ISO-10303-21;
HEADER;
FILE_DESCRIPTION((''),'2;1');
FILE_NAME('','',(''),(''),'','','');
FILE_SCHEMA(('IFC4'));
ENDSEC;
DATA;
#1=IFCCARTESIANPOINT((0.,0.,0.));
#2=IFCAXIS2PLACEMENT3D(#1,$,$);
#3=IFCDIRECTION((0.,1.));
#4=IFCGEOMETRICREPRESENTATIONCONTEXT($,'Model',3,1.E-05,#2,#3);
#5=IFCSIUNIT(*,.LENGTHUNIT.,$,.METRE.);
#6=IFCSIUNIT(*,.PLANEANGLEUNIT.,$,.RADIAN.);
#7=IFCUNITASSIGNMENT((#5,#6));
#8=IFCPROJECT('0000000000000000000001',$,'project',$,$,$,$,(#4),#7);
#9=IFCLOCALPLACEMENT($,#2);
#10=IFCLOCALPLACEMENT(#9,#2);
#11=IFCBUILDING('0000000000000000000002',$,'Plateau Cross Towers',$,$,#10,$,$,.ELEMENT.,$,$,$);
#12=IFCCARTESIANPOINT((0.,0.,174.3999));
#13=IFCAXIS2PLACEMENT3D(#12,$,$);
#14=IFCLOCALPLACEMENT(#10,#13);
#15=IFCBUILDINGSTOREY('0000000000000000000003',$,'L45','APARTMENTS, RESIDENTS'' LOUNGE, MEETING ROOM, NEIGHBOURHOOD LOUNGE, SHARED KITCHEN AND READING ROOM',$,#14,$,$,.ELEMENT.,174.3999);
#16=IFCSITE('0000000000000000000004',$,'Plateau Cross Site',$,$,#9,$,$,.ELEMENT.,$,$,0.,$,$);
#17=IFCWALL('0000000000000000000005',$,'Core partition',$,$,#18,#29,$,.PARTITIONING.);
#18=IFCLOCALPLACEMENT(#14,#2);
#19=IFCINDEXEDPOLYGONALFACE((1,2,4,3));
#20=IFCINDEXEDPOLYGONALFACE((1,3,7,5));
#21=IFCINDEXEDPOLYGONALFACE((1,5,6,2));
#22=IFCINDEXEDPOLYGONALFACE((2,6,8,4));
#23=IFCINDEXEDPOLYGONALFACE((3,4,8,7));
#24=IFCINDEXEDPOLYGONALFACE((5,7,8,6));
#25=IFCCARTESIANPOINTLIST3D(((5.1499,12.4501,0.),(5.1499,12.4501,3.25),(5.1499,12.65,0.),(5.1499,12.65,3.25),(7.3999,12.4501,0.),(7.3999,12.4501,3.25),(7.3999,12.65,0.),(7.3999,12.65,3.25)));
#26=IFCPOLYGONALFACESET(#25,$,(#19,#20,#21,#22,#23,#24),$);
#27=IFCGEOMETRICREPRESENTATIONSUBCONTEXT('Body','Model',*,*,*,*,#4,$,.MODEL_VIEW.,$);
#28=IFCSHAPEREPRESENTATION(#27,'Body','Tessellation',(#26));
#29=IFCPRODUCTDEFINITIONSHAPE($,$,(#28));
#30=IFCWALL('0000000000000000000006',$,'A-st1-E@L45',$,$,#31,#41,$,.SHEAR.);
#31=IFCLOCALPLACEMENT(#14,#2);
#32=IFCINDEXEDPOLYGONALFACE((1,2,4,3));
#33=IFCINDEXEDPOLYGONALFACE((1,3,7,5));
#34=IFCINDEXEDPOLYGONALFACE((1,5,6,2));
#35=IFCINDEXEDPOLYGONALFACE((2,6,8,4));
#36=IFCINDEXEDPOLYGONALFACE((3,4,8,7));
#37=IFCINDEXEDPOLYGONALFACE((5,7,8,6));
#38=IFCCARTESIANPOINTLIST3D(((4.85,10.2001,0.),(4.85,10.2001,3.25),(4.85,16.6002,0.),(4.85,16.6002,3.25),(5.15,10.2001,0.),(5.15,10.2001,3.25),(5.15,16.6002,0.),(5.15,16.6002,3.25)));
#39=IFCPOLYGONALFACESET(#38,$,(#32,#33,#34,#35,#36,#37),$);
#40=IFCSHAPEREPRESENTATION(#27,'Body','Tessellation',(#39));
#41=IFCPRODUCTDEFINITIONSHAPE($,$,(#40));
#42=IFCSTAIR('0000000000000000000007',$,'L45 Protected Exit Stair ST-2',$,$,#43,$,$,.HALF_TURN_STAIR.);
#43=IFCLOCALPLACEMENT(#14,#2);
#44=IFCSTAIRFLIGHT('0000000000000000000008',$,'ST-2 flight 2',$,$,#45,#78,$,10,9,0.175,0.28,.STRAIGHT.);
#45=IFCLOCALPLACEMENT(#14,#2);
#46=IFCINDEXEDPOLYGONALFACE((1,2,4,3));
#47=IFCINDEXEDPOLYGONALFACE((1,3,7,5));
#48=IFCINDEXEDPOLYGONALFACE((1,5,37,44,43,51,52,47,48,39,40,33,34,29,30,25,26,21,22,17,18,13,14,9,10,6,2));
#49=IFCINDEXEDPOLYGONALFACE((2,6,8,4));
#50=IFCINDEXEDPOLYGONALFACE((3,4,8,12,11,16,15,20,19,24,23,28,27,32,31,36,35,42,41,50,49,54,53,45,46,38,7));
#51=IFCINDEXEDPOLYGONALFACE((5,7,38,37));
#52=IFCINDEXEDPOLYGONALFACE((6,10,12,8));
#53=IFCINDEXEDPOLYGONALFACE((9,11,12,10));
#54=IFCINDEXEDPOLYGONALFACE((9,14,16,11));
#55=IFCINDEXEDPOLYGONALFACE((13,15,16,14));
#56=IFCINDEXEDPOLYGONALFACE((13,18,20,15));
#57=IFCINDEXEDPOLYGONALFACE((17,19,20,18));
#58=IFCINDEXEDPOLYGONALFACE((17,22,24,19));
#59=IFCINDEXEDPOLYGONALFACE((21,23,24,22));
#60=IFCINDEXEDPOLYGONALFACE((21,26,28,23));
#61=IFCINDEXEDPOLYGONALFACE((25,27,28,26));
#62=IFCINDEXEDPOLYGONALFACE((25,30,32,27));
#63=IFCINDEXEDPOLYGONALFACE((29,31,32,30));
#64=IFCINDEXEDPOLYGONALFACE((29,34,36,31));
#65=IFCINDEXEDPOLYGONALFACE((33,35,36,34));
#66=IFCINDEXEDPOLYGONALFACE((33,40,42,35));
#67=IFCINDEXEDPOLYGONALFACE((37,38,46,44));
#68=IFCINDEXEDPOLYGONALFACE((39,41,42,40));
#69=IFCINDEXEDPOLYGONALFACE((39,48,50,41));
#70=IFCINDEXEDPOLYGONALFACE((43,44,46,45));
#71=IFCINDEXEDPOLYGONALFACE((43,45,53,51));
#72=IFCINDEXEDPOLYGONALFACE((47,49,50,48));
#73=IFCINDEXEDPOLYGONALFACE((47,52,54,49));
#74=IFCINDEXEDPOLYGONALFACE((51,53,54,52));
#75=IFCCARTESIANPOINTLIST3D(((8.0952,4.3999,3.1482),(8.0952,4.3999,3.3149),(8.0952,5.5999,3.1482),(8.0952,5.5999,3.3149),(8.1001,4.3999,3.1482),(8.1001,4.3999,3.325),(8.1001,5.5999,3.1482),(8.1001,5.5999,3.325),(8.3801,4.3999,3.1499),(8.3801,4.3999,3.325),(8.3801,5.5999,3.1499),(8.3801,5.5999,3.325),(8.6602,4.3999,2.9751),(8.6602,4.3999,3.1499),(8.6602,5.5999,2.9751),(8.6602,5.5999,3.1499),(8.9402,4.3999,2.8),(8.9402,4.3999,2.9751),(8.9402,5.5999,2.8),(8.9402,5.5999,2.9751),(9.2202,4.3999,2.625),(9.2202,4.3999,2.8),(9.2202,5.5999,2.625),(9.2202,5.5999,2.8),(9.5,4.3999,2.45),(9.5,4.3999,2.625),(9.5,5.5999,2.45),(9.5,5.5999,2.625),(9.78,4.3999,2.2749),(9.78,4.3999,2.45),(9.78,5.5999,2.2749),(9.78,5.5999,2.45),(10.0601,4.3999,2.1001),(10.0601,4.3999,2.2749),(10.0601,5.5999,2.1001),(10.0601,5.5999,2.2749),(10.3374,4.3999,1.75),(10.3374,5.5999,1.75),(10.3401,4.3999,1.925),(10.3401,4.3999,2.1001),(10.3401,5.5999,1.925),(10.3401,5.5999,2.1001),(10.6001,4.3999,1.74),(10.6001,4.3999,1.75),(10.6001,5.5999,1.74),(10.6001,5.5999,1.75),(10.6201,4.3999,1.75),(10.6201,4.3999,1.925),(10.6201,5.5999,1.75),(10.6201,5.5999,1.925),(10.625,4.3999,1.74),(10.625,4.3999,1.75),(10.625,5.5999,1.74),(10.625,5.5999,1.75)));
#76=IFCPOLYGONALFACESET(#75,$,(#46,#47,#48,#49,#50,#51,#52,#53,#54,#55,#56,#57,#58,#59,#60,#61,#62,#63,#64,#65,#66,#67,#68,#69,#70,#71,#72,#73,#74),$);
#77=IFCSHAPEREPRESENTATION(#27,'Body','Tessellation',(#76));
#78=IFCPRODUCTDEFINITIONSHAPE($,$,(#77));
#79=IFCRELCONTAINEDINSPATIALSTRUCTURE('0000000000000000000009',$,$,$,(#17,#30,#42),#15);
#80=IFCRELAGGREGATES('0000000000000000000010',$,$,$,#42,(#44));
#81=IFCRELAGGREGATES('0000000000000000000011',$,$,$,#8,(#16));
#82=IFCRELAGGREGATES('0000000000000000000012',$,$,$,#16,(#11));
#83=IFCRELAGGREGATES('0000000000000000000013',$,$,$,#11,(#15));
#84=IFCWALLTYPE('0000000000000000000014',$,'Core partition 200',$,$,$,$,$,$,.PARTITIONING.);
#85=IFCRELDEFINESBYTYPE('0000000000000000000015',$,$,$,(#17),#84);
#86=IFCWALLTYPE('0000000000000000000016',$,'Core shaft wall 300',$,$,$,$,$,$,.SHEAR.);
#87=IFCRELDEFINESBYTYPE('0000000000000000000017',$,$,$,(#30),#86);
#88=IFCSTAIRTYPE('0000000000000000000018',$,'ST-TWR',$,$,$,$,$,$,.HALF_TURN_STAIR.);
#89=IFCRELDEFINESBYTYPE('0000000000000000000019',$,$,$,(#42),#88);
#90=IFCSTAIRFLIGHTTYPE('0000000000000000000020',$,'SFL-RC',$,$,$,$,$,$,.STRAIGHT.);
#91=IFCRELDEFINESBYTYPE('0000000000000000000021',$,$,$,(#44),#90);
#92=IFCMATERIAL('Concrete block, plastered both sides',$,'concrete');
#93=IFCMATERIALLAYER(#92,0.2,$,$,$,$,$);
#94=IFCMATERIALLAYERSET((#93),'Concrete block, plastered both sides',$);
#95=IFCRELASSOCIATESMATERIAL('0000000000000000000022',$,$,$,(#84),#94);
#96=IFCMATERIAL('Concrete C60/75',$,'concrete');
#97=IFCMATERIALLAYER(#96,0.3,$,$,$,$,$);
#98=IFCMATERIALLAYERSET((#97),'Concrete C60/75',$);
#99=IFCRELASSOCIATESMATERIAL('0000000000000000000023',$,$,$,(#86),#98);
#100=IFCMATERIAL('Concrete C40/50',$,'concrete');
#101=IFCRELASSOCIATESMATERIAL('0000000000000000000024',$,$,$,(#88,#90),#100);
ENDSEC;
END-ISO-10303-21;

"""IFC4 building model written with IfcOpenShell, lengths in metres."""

from ifc_helpers import new_model, si_unit, direction, frame, frame_2d, origin, place, context, subcontext, project, spatial, polyline, rectangle, outline, extrude, material, layer, layer_set, type_object, element, aggregate, save


model = new_model("IFC4")

# Units and contexts
model_context = context("Model", 3, precision=1e-05, world=origin(), true_north=direction((0.0, 1.0)))
body_context = subcontext(model_context, "Body", "Model", "MODEL_VIEW")
ifc_project = project(units=[si_unit("LENGTHUNIT", "METRE"), si_unit("PLANEANGLEUNIT", "RADIAN")], contexts=[model_context])

# Site, building, storey
site_placement = place(None, origin())
site = spatial("IfcSite", under=ifc_project, at=site_placement, Name="Plateau Cross Site", CompositionType="ELEMENT", RefElevation=0.0)
building_placement = place(site_placement, origin())
building = spatial("IfcBuilding", under=site, at=building_placement, Name="Plateau Cross Towers", CompositionType="ELEMENT")
storey_placement = place(building_placement, frame((0.0, 0.0, 174.3999)))
storey = spatial("IfcBuildingStorey", under=building, at=storey_placement, Name="L45", Description="APARTMENTS, RESIDENTS' LOUNGE, MEETING ROOM, NEIGHBOURHOOD LOUNGE, SHARED KITCHEN AND READING ROOM", CompositionType="ELEMENT", Elevation=174.3999)

# Shared definitions
ifc_material_1 = material(Name="Concrete block, plastered both sides", Category="concrete")
ifc_layer_1 = layer(ifc_material_1, 0.2)
ifc_layer_set_1 = layer_set([ifc_layer_1], Name="Concrete block, plastered both sides")
wall_type_1 = type_object("IfcWallType", Name="Core partition 200", PredefinedType="PARTITIONING", material=ifc_layer_set_1)

# Walls
wall_1_placement = place(storey_placement, frame((5.1499, 12.55, 0.0), z_axis=(0.0, 0.0, 1.0), x_axis=(1.0, 0.0, 0.0)))
element("IfcWall", 1, at=wall_1_placement, inside=storey, type_object=wall_type_1, Name="Core partition", PredefinedType="PARTITIONING", context=body_context, shape_type="SweptSolid", body=[
    extrude(rectangle(XDim=2.25, YDim=0.2, at=frame_2d((1.125, 0.0))), origin(), (0.0, 0.0, 1.0), 3.25),
])
ifc_material_2 = material(Name="Concrete C60/75", Category="concrete")
ifc_layer_2 = layer(ifc_material_2, 0.3)
ifc_layer_set_2 = layer_set([ifc_layer_2], Name="Concrete C60/75")
wall_type_2 = type_object("IfcWallType", Name="Core shaft wall 300", PredefinedType="SHEAR", material=ifc_layer_set_2)
wall_2_placement = place(storey_placement, frame((5.0, 10.2, 0.0), z_axis=(0.0, 0.0, 1.0), x_axis=(0.0, 1.0, 0.0)))
element("IfcWall", 2, at=wall_2_placement, inside=storey, type_object=wall_type_2, Name="A-st1-E@L45", PredefinedType="SHEAR", context=body_context, shape_type="SweptSolid", body=[
    extrude(rectangle(XDim=6.4001, YDim=0.3, at=frame_2d((3.2002, 0.0))), origin(), (0.0, 0.0, 1.0), 3.25),
])

# Stair, stair flight
ifc_material_3 = material(Name="Concrete C40/50", Category="concrete")
stair_type = type_object("IfcStairType", Name="ST-TWR", PredefinedType="HALF_TURN_STAIR", material=ifc_material_3)
stair_placement = place(storey_placement, origin())
stair = element("IfcStair", 3, at=stair_placement, inside=storey, type_object=stair_type, Name="L45 Protected Exit Stair ST-2", PredefinedType="HALF_TURN_STAIR")
stair_flight_type = type_object("IfcStairFlightType", Name="SFL-RC", PredefinedType="STRAIGHT", material=ifc_material_3)
stair_flight_placement = place(storey_placement, frame((10.6201, 5.0, 1.75), z_axis=(0.0, 0.0, 1.0), x_axis=(-1.0, 0.0, 0.0)))
stair_flight = element("IfcStairFlight", 4, at=stair_flight_placement, type_object=stair_flight_type, Name="ST-2 flight 2", NumberOfRisers=10, NumberOfTreads=9, PredefinedType="STRAIGHT", RiserHeight=0.175, TreadLength=0.28, context=body_context, shape_type="SweptSolid", body=[
    extrude(outline(polyline([(-0.0049, -0.01), (-0.0049, 0.0), (0.0, 0.0), (0.0, 0.175), (0.28, 0.175), (0.28, 0.3501), (0.5601, 0.3501), (0.5601, 0.5249), (0.8401, 0.5249), (0.8401, 0.7), (1.1201, 0.7), (1.1201, 0.875), (1.3999, 0.875), (1.3999, 1.05), (1.6799, 1.05), (1.6799, 1.2251), (1.96, 1.2251), (1.96, 1.3999), (2.24, 1.3999), (2.24, 1.575), (2.52, 1.575), (2.5249, 1.5649), (2.5249, 1.3982), (2.52, 1.3982), (0.2827, 0.0), (0.02, 0.0), (0.02, -0.01), (-0.0049, -0.01)])), frame((0.0, 0.6001, 0.0), z_axis=(0.0, -1.0, 0.0), x_axis=(1.0, 0.0, 0.0)), (0.0, 0.0, 1.0), 1.2),
])
aggregate(stair, [stair_flight])

save(model, "model.ifc")
